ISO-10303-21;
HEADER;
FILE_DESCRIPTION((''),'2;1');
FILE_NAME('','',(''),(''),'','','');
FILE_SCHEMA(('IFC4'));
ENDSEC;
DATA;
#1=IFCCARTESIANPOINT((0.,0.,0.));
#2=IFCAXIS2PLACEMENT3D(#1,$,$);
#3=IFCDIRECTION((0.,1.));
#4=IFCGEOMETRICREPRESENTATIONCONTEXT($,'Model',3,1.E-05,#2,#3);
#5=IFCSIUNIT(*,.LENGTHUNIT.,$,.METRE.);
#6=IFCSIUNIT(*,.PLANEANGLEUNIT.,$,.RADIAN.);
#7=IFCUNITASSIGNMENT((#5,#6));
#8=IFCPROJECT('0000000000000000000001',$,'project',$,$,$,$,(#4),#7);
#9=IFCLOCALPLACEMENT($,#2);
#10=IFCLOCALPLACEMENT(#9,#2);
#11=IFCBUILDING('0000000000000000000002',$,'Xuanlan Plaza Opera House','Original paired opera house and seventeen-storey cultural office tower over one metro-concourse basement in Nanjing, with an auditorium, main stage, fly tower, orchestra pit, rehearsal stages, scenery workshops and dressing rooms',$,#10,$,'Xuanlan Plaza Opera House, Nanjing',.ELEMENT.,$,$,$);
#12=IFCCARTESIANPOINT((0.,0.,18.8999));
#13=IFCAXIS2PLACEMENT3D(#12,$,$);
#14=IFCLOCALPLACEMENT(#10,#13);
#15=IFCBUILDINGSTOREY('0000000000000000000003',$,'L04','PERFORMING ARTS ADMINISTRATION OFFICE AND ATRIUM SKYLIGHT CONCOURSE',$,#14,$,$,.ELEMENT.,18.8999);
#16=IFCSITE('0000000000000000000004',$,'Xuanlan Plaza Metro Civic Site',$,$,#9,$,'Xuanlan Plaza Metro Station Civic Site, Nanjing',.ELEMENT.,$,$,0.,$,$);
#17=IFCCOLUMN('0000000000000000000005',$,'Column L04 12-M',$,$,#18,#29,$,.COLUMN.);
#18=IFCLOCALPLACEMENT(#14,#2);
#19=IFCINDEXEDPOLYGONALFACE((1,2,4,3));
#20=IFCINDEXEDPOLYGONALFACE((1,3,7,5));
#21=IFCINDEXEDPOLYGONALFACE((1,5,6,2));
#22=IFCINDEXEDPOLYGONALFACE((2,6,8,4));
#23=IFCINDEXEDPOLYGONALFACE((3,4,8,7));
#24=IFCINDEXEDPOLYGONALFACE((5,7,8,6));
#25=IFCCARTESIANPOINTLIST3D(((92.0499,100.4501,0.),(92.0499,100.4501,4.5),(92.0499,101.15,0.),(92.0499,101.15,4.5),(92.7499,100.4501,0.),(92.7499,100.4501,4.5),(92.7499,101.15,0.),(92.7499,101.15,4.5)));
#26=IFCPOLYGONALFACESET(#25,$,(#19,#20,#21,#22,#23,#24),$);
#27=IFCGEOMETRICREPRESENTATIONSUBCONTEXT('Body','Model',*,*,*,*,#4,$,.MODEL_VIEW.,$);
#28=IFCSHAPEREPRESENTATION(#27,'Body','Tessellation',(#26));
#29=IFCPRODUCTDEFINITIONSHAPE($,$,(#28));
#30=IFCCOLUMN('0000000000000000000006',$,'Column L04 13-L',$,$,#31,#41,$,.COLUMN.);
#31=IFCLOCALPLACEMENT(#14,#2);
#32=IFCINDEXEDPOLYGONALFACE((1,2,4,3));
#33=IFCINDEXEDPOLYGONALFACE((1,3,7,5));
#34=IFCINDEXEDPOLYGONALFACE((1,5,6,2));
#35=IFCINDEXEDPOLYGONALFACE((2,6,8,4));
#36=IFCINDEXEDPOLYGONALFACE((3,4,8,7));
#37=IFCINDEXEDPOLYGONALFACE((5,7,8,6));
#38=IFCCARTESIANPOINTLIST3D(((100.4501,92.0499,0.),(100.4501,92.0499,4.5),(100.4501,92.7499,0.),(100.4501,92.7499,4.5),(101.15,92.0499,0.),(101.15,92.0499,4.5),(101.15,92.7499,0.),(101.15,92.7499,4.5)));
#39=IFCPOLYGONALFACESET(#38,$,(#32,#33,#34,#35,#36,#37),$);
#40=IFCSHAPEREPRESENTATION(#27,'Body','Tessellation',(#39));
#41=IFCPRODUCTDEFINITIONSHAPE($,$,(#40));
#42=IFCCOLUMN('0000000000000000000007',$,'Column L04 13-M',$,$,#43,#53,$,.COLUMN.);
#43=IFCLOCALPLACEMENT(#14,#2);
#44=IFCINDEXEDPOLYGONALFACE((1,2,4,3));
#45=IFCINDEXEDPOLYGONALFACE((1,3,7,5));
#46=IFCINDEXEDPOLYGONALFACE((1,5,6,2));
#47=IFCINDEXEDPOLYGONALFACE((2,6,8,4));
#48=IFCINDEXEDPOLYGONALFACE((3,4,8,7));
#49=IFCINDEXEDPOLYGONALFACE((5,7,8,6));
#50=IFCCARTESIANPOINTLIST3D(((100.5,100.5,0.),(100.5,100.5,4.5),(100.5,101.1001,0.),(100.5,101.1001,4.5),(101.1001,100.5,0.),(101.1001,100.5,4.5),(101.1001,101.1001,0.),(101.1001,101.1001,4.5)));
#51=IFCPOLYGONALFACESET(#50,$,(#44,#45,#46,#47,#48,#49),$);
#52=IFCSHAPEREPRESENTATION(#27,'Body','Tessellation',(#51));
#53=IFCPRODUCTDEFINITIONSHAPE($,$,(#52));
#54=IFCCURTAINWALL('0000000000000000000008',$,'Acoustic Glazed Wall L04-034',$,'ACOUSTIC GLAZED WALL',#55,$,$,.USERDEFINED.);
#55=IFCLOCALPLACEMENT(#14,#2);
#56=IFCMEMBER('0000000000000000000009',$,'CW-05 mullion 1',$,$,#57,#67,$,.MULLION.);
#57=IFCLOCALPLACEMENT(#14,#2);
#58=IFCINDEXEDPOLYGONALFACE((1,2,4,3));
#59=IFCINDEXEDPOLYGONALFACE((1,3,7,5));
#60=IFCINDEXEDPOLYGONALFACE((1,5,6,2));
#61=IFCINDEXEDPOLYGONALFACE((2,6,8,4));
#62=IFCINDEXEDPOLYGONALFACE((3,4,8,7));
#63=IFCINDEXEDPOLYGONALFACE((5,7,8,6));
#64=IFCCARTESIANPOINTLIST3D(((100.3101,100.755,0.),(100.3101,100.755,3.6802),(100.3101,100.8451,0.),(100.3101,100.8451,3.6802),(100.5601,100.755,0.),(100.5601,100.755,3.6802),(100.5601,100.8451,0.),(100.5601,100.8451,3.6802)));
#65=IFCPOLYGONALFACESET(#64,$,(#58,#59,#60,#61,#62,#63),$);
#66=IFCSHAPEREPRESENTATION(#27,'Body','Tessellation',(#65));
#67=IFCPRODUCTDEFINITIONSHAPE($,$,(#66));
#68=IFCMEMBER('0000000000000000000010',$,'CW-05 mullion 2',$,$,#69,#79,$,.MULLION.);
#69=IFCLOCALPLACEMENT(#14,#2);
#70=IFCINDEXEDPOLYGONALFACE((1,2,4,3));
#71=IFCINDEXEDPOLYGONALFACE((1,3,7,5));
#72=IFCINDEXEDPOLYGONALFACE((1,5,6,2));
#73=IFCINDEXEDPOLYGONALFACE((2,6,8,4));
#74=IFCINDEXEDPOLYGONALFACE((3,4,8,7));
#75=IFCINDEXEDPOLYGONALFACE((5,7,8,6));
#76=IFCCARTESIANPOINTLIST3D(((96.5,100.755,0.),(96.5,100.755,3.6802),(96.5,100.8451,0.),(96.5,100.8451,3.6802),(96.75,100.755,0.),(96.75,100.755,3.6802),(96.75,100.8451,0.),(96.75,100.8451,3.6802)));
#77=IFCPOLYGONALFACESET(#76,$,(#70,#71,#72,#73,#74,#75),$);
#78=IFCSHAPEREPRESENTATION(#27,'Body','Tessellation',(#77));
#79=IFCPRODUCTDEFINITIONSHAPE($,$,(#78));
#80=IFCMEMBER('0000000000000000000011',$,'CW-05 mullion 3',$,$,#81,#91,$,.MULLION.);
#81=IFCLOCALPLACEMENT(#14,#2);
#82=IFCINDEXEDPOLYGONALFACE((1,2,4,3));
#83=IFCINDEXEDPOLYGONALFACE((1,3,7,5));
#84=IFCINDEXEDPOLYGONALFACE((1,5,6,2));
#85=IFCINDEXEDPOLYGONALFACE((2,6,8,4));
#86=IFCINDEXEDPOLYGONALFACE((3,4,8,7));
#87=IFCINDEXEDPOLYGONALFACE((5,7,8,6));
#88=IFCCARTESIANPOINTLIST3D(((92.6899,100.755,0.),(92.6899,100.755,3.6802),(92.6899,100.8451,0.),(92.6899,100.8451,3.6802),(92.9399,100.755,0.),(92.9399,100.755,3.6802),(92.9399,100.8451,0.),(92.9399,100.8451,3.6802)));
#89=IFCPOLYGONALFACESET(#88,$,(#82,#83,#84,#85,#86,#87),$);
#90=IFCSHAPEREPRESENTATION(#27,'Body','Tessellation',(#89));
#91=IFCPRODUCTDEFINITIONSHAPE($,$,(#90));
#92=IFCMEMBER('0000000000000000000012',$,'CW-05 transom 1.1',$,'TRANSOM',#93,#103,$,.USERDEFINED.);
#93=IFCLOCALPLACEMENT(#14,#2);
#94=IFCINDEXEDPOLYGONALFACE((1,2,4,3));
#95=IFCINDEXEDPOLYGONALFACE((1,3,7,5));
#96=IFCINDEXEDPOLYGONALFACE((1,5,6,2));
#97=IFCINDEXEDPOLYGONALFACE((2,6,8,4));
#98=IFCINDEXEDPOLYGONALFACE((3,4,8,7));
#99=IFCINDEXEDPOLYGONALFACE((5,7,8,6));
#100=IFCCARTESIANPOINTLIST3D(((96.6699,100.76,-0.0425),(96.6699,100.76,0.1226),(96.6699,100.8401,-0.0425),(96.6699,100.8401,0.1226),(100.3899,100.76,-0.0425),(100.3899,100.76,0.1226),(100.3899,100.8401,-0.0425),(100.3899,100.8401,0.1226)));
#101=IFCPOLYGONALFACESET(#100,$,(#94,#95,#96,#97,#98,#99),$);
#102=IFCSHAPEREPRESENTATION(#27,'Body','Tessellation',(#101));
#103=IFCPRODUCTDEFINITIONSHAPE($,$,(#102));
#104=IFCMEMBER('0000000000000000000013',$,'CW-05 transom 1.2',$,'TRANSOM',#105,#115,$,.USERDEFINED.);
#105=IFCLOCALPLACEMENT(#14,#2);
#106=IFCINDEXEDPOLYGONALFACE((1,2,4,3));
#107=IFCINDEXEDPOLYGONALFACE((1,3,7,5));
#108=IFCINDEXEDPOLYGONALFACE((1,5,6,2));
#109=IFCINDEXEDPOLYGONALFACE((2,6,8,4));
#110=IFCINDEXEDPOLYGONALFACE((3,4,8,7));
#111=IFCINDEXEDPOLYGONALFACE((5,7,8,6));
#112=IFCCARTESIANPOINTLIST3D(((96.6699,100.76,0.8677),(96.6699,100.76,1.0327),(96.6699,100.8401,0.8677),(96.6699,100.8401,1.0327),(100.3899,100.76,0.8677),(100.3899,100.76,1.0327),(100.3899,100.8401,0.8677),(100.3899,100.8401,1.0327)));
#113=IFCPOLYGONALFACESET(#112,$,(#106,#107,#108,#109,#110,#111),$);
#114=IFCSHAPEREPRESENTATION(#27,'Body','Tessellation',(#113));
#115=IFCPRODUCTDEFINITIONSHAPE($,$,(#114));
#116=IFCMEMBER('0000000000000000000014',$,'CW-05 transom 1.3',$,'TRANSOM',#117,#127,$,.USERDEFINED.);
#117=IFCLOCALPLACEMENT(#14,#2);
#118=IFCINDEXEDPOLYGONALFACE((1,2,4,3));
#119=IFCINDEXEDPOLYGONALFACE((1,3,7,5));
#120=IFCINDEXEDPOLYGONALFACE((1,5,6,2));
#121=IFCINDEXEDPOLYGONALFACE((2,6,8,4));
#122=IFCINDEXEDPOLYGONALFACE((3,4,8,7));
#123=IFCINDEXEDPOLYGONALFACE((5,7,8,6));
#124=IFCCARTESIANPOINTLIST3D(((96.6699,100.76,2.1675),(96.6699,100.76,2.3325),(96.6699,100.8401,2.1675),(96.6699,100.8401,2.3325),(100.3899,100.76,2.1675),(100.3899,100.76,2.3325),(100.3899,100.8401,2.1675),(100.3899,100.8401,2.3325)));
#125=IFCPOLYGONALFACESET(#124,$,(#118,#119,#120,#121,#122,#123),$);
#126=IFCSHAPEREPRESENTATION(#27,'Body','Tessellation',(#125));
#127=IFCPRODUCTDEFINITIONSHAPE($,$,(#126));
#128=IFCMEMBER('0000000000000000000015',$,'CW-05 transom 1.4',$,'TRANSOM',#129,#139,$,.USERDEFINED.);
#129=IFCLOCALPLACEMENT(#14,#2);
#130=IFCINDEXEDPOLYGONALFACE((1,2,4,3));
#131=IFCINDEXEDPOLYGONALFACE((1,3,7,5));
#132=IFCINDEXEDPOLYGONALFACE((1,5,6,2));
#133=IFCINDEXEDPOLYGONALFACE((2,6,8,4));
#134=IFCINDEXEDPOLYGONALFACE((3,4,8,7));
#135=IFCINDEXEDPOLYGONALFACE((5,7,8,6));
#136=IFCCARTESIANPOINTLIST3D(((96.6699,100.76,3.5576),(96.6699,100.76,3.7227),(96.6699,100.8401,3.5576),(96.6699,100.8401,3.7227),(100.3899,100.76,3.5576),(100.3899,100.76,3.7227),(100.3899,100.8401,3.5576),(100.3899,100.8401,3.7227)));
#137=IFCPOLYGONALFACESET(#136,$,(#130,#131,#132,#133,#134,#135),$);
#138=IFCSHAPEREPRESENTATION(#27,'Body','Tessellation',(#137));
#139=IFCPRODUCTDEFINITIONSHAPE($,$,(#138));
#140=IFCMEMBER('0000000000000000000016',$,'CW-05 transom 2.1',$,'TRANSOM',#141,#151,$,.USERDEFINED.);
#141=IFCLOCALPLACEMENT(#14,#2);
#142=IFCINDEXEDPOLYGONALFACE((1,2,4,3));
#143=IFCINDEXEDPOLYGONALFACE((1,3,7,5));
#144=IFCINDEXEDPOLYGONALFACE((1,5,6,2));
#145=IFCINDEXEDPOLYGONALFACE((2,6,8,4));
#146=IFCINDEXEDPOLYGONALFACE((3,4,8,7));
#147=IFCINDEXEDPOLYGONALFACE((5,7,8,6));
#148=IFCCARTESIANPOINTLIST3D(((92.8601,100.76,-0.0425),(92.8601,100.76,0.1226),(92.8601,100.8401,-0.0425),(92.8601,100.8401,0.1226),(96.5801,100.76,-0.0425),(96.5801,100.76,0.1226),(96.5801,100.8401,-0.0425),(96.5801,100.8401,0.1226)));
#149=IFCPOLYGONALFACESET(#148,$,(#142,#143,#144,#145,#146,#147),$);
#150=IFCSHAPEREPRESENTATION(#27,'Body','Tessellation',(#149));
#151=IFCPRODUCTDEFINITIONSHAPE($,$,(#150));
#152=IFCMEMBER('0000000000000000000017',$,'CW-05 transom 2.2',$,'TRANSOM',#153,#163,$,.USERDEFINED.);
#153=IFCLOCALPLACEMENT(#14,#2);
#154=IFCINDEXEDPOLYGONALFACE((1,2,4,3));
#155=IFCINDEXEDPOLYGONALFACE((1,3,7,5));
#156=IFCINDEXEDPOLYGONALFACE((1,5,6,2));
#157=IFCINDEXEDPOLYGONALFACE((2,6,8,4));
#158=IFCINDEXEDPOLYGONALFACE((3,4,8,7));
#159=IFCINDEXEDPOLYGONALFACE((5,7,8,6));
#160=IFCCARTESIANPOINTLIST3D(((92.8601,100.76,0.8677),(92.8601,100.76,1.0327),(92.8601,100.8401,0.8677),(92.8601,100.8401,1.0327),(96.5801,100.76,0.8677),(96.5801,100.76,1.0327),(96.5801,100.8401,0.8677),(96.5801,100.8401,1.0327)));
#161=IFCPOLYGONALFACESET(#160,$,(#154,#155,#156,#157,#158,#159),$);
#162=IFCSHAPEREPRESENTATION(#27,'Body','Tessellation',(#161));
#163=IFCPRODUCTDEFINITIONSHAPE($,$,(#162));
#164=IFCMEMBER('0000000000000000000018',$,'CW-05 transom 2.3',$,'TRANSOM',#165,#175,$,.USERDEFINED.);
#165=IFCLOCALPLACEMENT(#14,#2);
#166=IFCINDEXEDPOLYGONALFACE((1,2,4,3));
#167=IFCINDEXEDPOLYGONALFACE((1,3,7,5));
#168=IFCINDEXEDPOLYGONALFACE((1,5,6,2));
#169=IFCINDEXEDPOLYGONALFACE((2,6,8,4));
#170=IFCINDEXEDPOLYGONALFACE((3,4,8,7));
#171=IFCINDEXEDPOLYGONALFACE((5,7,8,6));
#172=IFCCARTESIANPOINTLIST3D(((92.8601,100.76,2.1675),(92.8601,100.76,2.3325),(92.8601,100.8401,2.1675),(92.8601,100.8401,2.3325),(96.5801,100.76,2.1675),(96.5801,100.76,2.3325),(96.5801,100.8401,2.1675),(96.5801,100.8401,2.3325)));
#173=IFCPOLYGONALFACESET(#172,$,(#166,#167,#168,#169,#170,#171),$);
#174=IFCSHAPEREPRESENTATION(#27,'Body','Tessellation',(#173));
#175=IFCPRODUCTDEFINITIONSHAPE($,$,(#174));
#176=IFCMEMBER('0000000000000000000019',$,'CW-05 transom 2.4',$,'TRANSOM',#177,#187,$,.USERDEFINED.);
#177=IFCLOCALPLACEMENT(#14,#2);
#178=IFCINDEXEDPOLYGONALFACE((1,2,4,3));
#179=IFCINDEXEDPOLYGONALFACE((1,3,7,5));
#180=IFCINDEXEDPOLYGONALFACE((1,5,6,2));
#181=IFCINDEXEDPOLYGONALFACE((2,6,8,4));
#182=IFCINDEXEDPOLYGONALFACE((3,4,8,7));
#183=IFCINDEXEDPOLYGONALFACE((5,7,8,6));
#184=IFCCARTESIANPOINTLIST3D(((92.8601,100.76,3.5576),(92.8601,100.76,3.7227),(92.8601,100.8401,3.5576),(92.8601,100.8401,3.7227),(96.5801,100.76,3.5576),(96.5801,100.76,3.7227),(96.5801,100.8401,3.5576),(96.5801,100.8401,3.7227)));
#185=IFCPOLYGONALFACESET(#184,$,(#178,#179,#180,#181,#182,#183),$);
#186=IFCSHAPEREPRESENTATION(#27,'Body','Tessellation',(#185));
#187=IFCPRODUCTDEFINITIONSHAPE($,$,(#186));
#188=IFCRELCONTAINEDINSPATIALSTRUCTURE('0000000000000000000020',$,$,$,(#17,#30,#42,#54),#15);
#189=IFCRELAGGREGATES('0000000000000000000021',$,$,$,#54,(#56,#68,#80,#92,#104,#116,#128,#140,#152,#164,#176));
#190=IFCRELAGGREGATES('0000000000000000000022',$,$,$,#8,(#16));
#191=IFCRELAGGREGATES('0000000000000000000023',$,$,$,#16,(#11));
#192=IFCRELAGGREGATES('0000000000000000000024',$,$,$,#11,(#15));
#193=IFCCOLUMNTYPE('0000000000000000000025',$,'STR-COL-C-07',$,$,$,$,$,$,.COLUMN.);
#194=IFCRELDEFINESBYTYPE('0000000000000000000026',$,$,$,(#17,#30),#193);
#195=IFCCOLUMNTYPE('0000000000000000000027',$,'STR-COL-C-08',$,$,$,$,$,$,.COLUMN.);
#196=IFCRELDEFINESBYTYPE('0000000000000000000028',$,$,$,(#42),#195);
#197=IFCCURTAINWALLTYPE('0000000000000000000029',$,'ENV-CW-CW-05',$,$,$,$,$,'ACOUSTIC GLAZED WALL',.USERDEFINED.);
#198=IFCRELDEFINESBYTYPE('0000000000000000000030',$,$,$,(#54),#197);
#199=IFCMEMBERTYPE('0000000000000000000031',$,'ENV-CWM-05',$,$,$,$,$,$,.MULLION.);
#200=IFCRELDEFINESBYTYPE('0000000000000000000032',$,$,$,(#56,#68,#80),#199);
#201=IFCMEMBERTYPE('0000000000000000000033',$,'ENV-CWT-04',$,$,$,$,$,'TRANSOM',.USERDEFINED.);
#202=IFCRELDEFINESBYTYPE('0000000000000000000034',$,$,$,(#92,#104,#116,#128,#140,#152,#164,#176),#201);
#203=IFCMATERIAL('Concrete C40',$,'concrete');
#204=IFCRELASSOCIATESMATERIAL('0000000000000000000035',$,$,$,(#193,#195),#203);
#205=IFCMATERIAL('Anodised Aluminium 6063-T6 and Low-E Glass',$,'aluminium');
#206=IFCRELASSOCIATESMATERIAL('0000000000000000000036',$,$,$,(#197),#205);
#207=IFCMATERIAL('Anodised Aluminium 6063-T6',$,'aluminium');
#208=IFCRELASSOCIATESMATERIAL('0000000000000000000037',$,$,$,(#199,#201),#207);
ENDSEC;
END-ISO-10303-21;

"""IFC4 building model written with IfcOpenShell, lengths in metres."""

from ifc_helpers import new_model, si_unit, direction, frame, origin, origin_2d, place, context, subcontext, project, spatial, rectangle, extrude, material, material_profile, profile_set, type_object, element, aggregate, save


model = new_model("IFC4")

# Units and contexts
model_context = context("Model", 3, precision=1e-05, world=origin(), true_north=direction((0.0, 1.0)))
body_context = subcontext(model_context, "Body", "Model", "MODEL_VIEW")
ifc_project = project(units=[si_unit("LENGTHUNIT", "METRE"), si_unit("PLANEANGLEUNIT", "RADIAN")], contexts=[model_context])

# Site, building, storey
site_placement = place(None, origin())
site = spatial("IfcSite", under=ifc_project, at=site_placement, Name="Xuanlan Plaza Metro Civic Site", LongName="Xuanlan Plaza Metro Station Civic Site, Nanjing", CompositionType="ELEMENT", RefElevation=0.0)
building_placement = place(site_placement, origin())
building = spatial("IfcBuilding", under=site, at=building_placement, Name="Xuanlan Plaza Opera House", Description="Original paired opera house and seventeen-storey cultural office tower over one metro-concourse basement in Nanjing, with an auditorium, main stage, fly tower, orchestra pit, rehearsal stages, scenery workshops and dressing rooms", LongName="Xuanlan Plaza Opera House, Nanjing", CompositionType="ELEMENT")
storey_placement = place(building_placement, frame((0.0, 0.0, 18.8999)))
storey = spatial("IfcBuildingStorey", under=building, at=storey_placement, Name="L04", Description="PERFORMING ARTS ADMINISTRATION OFFICE AND ATRIUM SKYLIGHT CONCOURSE", CompositionType="ELEMENT", Elevation=18.8999)

# Columns
ifc_material_1 = material(Name="Concrete C40", Category="concrete")
ifc_material_profile_1 = material_profile(ifc_material_1, rectangle(XDim=0.7, YDim=0.7, at=origin_2d()), Name="RC-COL 700x700")
ifc_profile_set_1 = profile_set([ifc_material_profile_1], Name="Concrete C40")
column_type_1 = type_object("IfcColumnType", Name="STR-COL-C-07", PredefinedType="COLUMN", material=ifc_profile_set_1)
for number, where, z_axis, x_axis, name in (
    (1, (92.3999, 100.8, 0.0), (0.0, 0.0, 1.0), (1.0, 0.0, 0.0), "Column L04 12-M"),
    (2, (100.8, 92.3999, 0.0), (0.0, 0.0, 1.0), (1.0, 0.0, 0.0), "Column L04 13-L"),
):
    element("IfcColumn", number, at=place(storey_placement, frame(where, z_axis=z_axis, x_axis=x_axis)), inside=storey, type_object=column_type_1, Name=name, PredefinedType="COLUMN", context=body_context, shape_type="SweptSolid", body=[
        extrude(rectangle(XDim=0.7, YDim=0.7, at=origin_2d()), origin(), (0.0, 0.0, 1.0), 4.5),
    ])
ifc_material_profile_2 = material_profile(ifc_material_1, rectangle(XDim=0.6001, YDim=0.6001, at=origin_2d()), Name="RC-COL 600x600")
ifc_profile_set_2 = profile_set([ifc_material_profile_2], Name="Concrete C40")
column_type_2 = type_object("IfcColumnType", Name="STR-COL-C-08", PredefinedType="COLUMN", material=ifc_profile_set_2)
column_placement = place(storey_placement, frame((100.8, 100.8, 0.0), z_axis=(0.0, 0.0, 1.0), x_axis=(1.0, 0.0, 0.0)))
element("IfcColumn", 3, at=column_placement, inside=storey, type_object=column_type_2, Name="Column L04 13-M", PredefinedType="COLUMN", context=body_context, shape_type="SweptSolid", body=[
    extrude(rectangle(XDim=0.6001, YDim=0.6001, at=origin_2d()), origin(), (0.0, 0.0, 1.0), 4.5),
])

# Curtain wall, members
ifc_material_2 = material(Name="Anodised Aluminium 6063-T6 and Low-E Glass", Category="aluminium")
curtain_wall_type = type_object("IfcCurtainWallType", Name="ENV-CW-CW-05", ElementType="ACOUSTIC GLAZED WALL", PredefinedType="USERDEFINED", material=ifc_material_2)
curtain_wall_placement = place(storey_placement, origin())
curtain_wall = element("IfcCurtainWall", 4, at=curtain_wall_placement, inside=storey, type_object=curtain_wall_type, Name="Acoustic Glazed Wall L04-034", ObjectType="ACOUSTIC GLAZED WALL", PredefinedType="USERDEFINED")
ifc_material_3 = material(Name="Anodised Aluminium 6063-T6", Category="aluminium")
ifc_material_profile_3 = material_profile(ifc_material_3, rectangle(XDim=0.0901, YDim=0.25, at=origin_2d()), Name="ALU-M 90x250")
ifc_profile_set_3 = profile_set([ifc_material_profile_3], Name="Anodised Aluminium 6063-T6")
member_type_1 = type_object("IfcMemberType", Name="ENV-CWM-05", PredefinedType="MULLION", material=ifc_profile_set_3)
member_1_placement = place(storey_placement, frame((100.4351, 100.8, 0.0), z_axis=(0.0, 0.0, 1.0), x_axis=(0.0, -1.0, 0.0)))
member_1 = element("IfcMember", 5, at=member_1_placement, type_object=member_type_1, Name="CW-05 mullion 1", PredefinedType="MULLION", context=body_context, shape_type="SweptSolid", body=[
    extrude(rectangle(XDim=0.0901, YDim=0.25, at=origin_2d()), origin(), (0.0, 0.0, 1.0), 3.6802),
])
member_2_placement = place(storey_placement, frame((96.625, 100.8, 0.0), z_axis=(0.0, 0.0, 1.0), x_axis=(0.0, -1.0, 0.0)))
member_2 = element("IfcMember", 6, at=member_2_placement, type_object=member_type_1, Name="CW-05 mullion 2", PredefinedType="MULLION", context=body_context, shape_type="SweptSolid", body=[
    extrude(rectangle(XDim=0.0901, YDim=0.25, at=origin_2d()), origin(), (0.0, 0.0, 1.0), 3.6802),
])
member_3_placement = place(storey_placement, frame((92.8149, 100.8, 0.0), z_axis=(0.0, 0.0, 1.0), x_axis=(0.0, -1.0, 0.0)))
member_3 = element("IfcMember", 7, at=member_3_placement, type_object=member_type_1, Name="CW-05 mullion 3", PredefinedType="MULLION", context=body_context, shape_type="SweptSolid", body=[
    extrude(rectangle(XDim=0.0901, YDim=0.25, at=origin_2d()), origin(), (0.0, 0.0, 1.0), 3.6802),
])
ifc_material_profile_4 = material_profile(ifc_material_3, rectangle(XDim=0.0801, YDim=0.165, at=origin_2d()), Name="ALU-T 80x165")
ifc_profile_set_4 = profile_set([ifc_material_profile_4], Name="Anodised Aluminium 6063-T6")
member_type_2 = type_object("IfcMemberType", Name="ENV-CWT-04", ElementType="TRANSOM", PredefinedType="USERDEFINED", material=ifc_profile_set_4)
member_4_placement = place(storey_placement, frame((100.3899, 100.8, 0.04), z_axis=(-1.0, 0.0, 0.0), x_axis=(0.0, -1.0, 0.0)))
member_4 = element("IfcMember", 8, at=member_4_placement, type_object=member_type_2, Name="CW-05 transom 1.1", ObjectType="TRANSOM", PredefinedType="USERDEFINED", context=body_context, shape_type="SweptSolid", body=[
    extrude(rectangle(XDim=0.0801, YDim=0.165, at=origin_2d()), origin(), (0.0, 0.0, 1.0), 3.72),
])
member_5_placement = place(storey_placement, frame((100.3899, 100.8, 0.9502), z_axis=(-1.0, 0.0, 0.0), x_axis=(0.0, -1.0, 0.0)))
member_5 = element("IfcMember", 9, at=member_5_placement, type_object=member_type_2, Name="CW-05 transom 1.2", ObjectType="TRANSOM", PredefinedType="USERDEFINED", context=body_context, shape_type="SweptSolid", body=[
    extrude(rectangle(XDim=0.0801, YDim=0.165, at=origin_2d()), origin(), (0.0, 0.0, 1.0), 3.72),
])
member_6_placement = place(storey_placement, frame((100.3899, 100.8, 2.25), z_axis=(-1.0, 0.0, 0.0), x_axis=(0.0, -1.0, 0.0)))
member_6 = element("IfcMember", 10, at=member_6_placement, type_object=member_type_2, Name="CW-05 transom 1.3", ObjectType="TRANSOM", PredefinedType="USERDEFINED", context=body_context, shape_type="SweptSolid", body=[
    extrude(rectangle(XDim=0.0801, YDim=0.165, at=origin_2d()), origin(), (0.0, 0.0, 1.0), 3.72),
])
member_7_placement = place(storey_placement, frame((100.3899, 100.8, 3.6401), z_axis=(-1.0, 0.0, 0.0), x_axis=(0.0, -1.0, 0.0)))
member_7 = element("IfcMember", 11, at=member_7_placement, type_object=member_type_2, Name="CW-05 transom 1.4", ObjectType="TRANSOM", PredefinedType="USERDEFINED", context=body_context, shape_type="SweptSolid", body=[
    extrude(rectangle(XDim=0.0801, YDim=0.165, at=origin_2d()), origin(), (0.0, 0.0, 1.0), 3.72),
])
member_8_placement = place(storey_placement, frame((96.5801, 100.8, 0.04), z_axis=(-1.0, 0.0, 0.0), x_axis=(0.0, -1.0, 0.0)))
member_8 = element("IfcMember", 12, at=member_8_placement, type_object=member_type_2, Name="CW-05 transom 2.1", ObjectType="TRANSOM", PredefinedType="USERDEFINED", context=body_context, shape_type="SweptSolid", body=[
    extrude(rectangle(XDim=0.0801, YDim=0.165, at=origin_2d()), origin(), (0.0, 0.0, 1.0), 3.72),
])
member_9_placement = place(storey_placement, frame((96.5801, 100.8, 0.9502), z_axis=(-1.0, 0.0, 0.0), x_axis=(0.0, -1.0, 0.0)))
member_9 = element("IfcMember", 13, at=member_9_placement, type_object=member_type_2, Name="CW-05 transom 2.2", ObjectType="TRANSOM", PredefinedType="USERDEFINED", context=body_context, shape_type="SweptSolid", body=[
    extrude(rectangle(XDim=0.0801, YDim=0.165, at=origin_2d()), origin(), (0.0, 0.0, 1.0), 3.72),
])
member_10_placement = place(storey_placement, frame((96.5801, 100.8, 2.25), z_axis=(-1.0, 0.0, 0.0), x_axis=(0.0, -1.0, 0.0)))
member_10 = element("IfcMember", 14, at=member_10_placement, type_object=member_type_2, Name="CW-05 transom 2.3", ObjectType="TRANSOM", PredefinedType="USERDEFINED", context=body_context, shape_type="SweptSolid", body=[
    extrude(rectangle(XDim=0.0801, YDim=0.165, at=origin_2d()), origin(), (0.0, 0.0, 1.0), 3.72),
])
member_11_placement = place(storey_placement, frame((96.5801, 100.8, 3.6401), z_axis=(-1.0, 0.0, 0.0), x_axis=(0.0, -1.0, 0.0)))
member_11 = element("IfcMember", 15, at=member_11_placement, type_object=member_type_2, Name="CW-05 transom 2.4", ObjectType="TRANSOM", PredefinedType="USERDEFINED", context=body_context, shape_type="SweptSolid", body=[
    extrude(rectangle(XDim=0.0801, YDim=0.165, at=origin_2d()), origin(), (0.0, 0.0, 1.0), 3.72),
])

aggregate(curtain_wall, [member_1, member_2, member_3, member_4, member_5, member_6, member_7, member_8, member_9, member_10, member_11])

save(model, "model.ifc")
